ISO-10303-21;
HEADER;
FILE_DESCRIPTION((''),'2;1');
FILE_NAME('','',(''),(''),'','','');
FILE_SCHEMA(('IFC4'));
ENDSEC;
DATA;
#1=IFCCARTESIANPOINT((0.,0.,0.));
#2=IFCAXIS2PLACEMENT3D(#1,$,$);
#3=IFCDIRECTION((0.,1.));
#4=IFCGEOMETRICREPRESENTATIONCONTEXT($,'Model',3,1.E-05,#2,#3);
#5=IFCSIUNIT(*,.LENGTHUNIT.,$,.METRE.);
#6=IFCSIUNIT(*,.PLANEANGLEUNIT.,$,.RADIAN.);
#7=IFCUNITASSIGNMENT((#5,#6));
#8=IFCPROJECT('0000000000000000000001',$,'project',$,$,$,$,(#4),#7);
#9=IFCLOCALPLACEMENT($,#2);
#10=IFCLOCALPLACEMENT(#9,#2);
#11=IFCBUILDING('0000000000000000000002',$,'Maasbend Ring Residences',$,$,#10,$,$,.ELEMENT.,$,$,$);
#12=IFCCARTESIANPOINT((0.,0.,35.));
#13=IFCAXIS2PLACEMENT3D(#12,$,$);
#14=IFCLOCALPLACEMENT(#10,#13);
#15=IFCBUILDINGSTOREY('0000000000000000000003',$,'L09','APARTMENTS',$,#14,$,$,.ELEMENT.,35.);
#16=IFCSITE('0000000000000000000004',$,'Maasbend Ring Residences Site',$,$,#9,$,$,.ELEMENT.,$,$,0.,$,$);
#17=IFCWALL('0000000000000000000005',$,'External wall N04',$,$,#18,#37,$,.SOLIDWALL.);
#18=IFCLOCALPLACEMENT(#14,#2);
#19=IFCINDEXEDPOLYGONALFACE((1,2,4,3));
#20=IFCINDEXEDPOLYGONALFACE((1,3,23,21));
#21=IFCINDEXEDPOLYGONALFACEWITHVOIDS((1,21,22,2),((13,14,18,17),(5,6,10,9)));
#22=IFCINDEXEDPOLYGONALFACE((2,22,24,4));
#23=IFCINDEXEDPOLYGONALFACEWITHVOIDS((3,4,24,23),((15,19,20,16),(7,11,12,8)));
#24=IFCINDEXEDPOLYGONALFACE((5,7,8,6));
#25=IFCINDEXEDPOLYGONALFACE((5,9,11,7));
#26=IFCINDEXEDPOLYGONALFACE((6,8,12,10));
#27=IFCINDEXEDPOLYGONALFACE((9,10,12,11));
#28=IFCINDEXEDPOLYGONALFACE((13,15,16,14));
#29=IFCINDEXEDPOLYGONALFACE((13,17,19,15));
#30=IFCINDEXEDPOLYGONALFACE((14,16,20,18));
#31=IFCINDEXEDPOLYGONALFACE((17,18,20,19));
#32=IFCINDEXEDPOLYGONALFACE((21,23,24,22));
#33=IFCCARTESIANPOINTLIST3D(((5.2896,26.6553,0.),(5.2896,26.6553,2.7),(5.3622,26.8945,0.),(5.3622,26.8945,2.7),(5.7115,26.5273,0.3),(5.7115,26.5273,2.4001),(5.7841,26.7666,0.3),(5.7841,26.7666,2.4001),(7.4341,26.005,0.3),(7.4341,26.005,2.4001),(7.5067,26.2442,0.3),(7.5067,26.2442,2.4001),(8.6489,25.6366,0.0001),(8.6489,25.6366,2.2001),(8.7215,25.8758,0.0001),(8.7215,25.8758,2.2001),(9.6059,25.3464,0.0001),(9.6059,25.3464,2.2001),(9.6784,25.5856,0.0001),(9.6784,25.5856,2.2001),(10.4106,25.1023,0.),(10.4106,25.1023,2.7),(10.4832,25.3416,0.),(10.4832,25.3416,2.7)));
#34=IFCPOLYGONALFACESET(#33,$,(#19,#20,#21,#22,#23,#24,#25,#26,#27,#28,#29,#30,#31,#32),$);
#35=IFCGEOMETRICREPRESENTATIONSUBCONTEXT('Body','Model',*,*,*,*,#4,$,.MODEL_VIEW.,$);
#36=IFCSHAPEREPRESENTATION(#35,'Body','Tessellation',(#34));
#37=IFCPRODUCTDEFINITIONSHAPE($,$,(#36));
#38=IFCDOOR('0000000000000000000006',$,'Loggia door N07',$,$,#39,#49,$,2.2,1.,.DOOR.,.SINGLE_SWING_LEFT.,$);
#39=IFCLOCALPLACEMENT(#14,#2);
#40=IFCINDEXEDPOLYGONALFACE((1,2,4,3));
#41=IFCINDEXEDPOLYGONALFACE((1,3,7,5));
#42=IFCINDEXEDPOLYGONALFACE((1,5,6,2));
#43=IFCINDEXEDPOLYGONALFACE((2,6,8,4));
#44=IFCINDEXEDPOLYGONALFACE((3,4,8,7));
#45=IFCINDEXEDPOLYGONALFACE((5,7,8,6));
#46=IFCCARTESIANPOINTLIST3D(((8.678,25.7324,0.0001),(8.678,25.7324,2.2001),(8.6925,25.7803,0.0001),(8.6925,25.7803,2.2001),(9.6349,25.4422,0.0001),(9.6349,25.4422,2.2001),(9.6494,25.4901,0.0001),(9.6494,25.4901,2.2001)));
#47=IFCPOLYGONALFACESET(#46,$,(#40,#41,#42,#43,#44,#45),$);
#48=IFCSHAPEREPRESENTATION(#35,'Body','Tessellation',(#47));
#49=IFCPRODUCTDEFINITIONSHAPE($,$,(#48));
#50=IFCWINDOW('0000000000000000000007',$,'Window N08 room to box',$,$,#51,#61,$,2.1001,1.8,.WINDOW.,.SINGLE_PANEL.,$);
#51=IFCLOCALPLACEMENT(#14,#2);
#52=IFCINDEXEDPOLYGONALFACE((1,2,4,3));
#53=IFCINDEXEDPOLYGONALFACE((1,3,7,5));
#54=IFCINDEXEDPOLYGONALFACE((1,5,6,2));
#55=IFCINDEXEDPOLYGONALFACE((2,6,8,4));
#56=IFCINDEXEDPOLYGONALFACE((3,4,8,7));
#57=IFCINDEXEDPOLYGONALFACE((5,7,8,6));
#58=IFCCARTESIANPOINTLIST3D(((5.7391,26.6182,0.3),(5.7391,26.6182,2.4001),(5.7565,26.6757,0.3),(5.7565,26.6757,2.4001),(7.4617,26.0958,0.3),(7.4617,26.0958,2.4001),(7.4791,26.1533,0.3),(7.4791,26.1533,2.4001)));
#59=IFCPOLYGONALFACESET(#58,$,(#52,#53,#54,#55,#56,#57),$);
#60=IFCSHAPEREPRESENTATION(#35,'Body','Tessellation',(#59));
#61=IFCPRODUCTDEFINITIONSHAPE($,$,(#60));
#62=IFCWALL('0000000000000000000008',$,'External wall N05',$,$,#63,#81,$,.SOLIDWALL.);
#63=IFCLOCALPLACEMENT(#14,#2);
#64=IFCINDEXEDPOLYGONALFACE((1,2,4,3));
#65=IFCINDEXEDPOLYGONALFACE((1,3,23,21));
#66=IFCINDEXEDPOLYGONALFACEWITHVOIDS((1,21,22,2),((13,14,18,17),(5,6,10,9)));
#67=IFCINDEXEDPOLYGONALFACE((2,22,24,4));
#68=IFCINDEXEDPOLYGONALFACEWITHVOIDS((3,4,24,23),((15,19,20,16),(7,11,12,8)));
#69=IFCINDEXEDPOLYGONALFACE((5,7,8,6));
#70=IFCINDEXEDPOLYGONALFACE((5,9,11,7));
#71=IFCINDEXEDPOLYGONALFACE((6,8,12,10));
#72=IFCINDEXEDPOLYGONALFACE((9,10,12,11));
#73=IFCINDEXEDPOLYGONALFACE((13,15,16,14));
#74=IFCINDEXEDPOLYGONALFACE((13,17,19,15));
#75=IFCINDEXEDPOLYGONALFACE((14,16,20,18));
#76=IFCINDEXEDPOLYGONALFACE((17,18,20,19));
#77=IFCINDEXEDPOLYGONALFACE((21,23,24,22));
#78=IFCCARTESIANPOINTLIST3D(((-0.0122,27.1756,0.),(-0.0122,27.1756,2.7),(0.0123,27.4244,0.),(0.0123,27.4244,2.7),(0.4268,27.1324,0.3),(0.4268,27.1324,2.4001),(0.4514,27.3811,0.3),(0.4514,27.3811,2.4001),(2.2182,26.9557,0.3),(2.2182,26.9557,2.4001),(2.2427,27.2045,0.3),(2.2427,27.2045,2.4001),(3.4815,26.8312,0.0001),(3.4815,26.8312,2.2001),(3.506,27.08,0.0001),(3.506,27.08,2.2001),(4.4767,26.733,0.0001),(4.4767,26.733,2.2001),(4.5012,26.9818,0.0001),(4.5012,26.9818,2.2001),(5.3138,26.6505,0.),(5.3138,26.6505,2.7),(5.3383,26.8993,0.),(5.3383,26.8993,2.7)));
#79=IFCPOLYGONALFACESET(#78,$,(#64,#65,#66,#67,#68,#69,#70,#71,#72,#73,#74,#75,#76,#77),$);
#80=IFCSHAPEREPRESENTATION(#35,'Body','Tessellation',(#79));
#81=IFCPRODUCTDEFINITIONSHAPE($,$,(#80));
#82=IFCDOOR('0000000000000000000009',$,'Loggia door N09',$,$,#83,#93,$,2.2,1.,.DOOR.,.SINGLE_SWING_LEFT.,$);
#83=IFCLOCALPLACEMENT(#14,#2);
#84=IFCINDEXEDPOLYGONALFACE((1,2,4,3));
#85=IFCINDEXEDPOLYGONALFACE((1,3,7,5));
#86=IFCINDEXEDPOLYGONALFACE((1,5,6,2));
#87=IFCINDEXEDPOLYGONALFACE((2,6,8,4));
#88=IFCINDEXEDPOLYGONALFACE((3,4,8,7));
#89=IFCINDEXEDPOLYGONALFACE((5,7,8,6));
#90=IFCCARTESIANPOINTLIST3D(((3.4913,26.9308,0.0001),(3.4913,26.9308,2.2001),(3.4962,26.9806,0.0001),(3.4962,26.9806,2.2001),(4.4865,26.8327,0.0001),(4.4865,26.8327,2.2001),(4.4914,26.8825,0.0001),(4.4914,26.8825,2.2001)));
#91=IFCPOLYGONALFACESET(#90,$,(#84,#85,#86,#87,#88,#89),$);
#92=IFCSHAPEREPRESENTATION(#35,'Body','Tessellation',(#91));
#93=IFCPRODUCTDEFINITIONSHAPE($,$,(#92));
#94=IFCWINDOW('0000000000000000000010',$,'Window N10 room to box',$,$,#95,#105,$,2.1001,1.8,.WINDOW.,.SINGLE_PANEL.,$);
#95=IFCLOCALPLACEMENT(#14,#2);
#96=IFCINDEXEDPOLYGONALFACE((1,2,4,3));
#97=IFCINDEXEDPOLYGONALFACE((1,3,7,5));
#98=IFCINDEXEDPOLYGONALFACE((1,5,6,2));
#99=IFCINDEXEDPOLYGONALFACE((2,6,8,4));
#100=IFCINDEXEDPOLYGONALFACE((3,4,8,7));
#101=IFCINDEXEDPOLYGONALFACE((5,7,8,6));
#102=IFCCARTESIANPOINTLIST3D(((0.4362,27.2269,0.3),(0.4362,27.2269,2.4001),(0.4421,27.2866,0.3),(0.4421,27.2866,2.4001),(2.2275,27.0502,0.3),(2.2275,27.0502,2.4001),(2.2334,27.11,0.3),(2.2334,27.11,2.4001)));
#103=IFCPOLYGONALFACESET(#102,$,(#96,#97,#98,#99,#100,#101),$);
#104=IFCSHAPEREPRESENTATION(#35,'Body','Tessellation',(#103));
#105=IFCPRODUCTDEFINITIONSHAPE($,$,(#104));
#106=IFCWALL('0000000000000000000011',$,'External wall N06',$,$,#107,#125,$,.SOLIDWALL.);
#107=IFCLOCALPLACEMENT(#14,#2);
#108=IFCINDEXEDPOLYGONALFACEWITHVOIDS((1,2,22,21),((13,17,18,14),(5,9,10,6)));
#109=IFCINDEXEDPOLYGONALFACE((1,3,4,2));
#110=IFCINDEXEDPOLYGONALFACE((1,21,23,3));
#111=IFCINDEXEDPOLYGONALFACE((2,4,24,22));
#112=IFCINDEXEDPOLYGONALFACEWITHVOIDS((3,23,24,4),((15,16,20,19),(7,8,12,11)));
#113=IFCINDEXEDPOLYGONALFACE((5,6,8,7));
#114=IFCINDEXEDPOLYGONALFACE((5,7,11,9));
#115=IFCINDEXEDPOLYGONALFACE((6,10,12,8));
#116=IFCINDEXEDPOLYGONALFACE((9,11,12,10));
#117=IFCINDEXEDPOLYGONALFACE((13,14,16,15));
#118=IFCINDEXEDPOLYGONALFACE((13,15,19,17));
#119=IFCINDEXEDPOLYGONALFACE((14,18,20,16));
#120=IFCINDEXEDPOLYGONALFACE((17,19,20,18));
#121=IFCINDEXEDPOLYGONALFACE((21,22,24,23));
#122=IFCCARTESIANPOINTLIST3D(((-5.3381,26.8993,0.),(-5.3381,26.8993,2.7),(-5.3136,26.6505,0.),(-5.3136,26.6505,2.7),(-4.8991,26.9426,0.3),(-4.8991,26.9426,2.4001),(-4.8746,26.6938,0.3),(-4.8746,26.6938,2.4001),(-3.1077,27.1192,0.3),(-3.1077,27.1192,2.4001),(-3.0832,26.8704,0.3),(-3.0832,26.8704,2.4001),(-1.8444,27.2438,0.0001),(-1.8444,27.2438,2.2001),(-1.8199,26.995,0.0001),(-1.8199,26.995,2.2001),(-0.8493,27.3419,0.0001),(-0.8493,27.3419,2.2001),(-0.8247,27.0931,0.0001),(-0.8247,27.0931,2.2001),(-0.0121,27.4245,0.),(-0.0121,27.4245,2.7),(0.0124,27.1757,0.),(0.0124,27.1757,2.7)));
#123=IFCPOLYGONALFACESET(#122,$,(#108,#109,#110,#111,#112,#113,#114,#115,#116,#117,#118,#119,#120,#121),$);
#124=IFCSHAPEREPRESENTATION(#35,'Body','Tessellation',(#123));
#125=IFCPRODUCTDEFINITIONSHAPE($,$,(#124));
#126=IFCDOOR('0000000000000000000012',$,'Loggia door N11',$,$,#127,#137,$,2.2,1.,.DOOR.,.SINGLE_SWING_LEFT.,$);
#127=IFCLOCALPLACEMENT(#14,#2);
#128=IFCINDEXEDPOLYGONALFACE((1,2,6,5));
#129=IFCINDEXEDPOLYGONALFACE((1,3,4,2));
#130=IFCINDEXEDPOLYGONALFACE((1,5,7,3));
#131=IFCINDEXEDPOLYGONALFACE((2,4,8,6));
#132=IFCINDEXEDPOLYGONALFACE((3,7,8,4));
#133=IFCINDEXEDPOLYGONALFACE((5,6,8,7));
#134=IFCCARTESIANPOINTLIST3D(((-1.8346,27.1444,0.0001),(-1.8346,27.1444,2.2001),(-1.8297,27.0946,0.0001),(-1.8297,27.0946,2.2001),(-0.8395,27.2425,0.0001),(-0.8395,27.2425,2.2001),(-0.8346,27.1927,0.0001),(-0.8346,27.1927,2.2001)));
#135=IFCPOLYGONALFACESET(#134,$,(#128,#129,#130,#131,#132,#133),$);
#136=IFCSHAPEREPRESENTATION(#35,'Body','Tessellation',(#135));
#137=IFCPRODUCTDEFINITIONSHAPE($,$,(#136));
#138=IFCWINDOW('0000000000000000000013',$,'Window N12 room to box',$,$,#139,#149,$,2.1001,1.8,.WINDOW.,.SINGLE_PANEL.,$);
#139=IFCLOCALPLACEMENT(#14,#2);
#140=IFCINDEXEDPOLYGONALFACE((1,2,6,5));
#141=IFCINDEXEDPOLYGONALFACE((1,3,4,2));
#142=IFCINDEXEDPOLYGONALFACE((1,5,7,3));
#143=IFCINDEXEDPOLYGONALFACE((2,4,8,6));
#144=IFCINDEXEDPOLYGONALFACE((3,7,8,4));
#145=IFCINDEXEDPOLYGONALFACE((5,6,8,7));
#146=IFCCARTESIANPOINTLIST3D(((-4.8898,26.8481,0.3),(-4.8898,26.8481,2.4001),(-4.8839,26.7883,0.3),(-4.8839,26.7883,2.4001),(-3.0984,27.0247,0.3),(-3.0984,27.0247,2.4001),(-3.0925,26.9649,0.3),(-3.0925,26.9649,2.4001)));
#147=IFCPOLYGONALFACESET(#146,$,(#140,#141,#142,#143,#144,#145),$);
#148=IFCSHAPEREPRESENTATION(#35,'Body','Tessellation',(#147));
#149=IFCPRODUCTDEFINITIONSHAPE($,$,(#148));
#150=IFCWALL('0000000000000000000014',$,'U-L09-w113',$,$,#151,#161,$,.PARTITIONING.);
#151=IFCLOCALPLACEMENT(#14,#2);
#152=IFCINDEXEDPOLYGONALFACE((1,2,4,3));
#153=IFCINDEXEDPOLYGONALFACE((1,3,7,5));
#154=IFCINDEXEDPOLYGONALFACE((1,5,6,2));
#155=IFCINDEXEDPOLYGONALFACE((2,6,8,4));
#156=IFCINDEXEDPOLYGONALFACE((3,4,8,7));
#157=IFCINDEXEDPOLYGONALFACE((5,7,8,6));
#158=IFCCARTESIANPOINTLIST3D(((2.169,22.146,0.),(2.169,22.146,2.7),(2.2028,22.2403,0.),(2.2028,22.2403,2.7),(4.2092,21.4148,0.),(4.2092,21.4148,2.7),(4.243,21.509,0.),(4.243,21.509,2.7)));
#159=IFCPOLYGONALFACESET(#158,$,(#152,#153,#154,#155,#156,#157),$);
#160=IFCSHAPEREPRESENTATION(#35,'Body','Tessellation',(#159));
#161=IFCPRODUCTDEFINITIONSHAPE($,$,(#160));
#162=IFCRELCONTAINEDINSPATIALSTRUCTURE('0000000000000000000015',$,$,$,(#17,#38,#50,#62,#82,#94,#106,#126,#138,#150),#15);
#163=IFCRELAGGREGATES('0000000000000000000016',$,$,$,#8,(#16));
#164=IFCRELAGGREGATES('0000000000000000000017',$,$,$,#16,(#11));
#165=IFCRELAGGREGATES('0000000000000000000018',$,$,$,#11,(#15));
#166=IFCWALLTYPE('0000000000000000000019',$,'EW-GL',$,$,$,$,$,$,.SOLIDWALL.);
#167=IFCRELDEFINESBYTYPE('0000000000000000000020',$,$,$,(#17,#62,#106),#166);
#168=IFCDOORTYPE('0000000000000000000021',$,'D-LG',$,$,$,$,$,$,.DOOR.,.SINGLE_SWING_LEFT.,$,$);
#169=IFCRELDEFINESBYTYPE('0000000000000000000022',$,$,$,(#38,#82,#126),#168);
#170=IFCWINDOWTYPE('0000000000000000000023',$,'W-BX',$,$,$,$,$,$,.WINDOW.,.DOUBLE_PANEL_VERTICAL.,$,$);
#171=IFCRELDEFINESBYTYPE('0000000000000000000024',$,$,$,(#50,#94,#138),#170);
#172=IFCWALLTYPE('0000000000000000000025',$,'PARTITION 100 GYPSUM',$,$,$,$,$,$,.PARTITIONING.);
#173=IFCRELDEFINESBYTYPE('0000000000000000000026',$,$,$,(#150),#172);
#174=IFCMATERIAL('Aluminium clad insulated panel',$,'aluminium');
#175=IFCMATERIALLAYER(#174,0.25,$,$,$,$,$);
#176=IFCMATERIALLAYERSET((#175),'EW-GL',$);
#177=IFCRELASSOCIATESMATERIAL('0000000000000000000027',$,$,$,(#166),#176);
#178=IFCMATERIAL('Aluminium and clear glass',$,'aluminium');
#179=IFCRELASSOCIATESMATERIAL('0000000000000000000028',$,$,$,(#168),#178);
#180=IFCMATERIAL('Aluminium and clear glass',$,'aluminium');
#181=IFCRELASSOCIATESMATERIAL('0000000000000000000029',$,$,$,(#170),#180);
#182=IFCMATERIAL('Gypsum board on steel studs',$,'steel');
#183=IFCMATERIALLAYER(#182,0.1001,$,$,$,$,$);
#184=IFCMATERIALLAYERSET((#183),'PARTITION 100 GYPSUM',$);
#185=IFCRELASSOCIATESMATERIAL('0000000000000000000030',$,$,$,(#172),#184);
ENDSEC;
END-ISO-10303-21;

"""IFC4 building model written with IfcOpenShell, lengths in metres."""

from ifc_helpers import new_model, si_unit, direction, frame, frame_2d, origin, place, context, subcontext, project, spatial, rectangle, extrude, material, layer, layer_set, type_object, element, fill, save


model = new_model("IFC4")

# Units and contexts
model_context = context("Model", 3, precision=1e-05, world=origin(), true_north=direction((0.0, 1.0)))
body_context = subcontext(model_context, "Body", "Model", "MODEL_VIEW")
ifc_project = project(units=[si_unit("LENGTHUNIT", "METRE"), si_unit("PLANEANGLEUNIT", "RADIAN")], contexts=[model_context])

# Site, building, storey
site_placement = place(None, origin())
site = spatial("IfcSite", under=ifc_project, at=site_placement, Name="Maasbend Ring Residences Site", CompositionType="ELEMENT", RefElevation=0.0)
building_placement = place(site_placement, origin())
building = spatial("IfcBuilding", under=site, at=building_placement, Name="Maasbend Ring Residences", CompositionType="ELEMENT")
storey_placement = place(building_placement, frame((0.0, 0.0, 35.0)))
storey = spatial("IfcBuildingStorey", under=building, at=storey_placement, Name="L09", Description="APARTMENTS", CompositionType="ELEMENT", Elevation=35.0)

# Walls, openings, doors, windows
ifc_material_1 = material(Name="Aluminium clad insulated panel", Category="aluminium")
ifc_layer_1 = layer(ifc_material_1, 0.25)
ifc_layer_set_1 = layer_set([ifc_layer_1], Name="EW-GL")
wall_type_1 = type_object("IfcWallType", Name="EW-GL", PredefinedType="SOLIDWALL", material=ifc_layer_set_1)
wall_1_placement = place(storey_placement, frame((10.447, 25.2219, 0.0), z_axis=(0.0, 0.0, 1.0), x_axis=(-0.956966, 0.290201, 0.0)))
wall_1 = element("IfcWall", 1, at=wall_1_placement, inside=storey, type_object=wall_type_1, Name="External wall N04", PredefinedType="SOLIDWALL", context=body_context, shape_type="SweptSolid", body=[
    extrude(rectangle(XDim=5.3513, YDim=0.25, at=frame_2d((2.6758, 0.0))), origin(), (0.0, 0.0, 1.0), 2.7),
])
opening_1_placement = place(wall_1_placement, frame((0.8411, 0.0, 0.0)))
opening_1 = element("IfcOpeningElement", 2, at=opening_1_placement, cuts=wall_1, PredefinedType="OPENING", context=body_context, shape_type="SweptSolid", body=[
    extrude(rectangle(XDim=1.0, YDim=2.2, at=frame_2d((0.5, 1.1001))), frame((0.0, 0.135, 0.0), z_axis=(0.0, -1.0, 0.0), x_axis=(1.0, 0.0, 0.0)), (0.0, 0.0, 1.0), 0.27),
])
opening_2_placement = place(wall_1_placement, frame((3.1106, 0.0, 0.3)))
opening_2 = element("IfcOpeningElement", 3, at=opening_2_placement, cuts=wall_1, PredefinedType="OPENING", context=body_context, shape_type="SweptSolid", body=[
    extrude(rectangle(XDim=1.8, YDim=2.1001, at=frame_2d((0.8999, 1.05))), frame((0.0, 0.135, 0.0), z_axis=(0.0, -1.0, 0.0), x_axis=(1.0, 0.0, 0.0)), (0.0, 0.0, 1.0), 0.27),
])
ifc_material_2 = material(Name="Aluminium and clear glass", Category="aluminium")
door_type = type_object("IfcDoorType", Name="D-LG", OperationType="SINGLE_SWING_LEFT", PredefinedType="DOOR", material=ifc_material_2)
door_1_placement = place(opening_1_placement, origin())
door_1 = element("IfcDoor", 4, at=door_1_placement, inside=storey, type_object=door_type, Name="Loggia door N07", OperationType="SINGLE_SWING_LEFT", OverallHeight=2.2, OverallWidth=1.0, PredefinedType="DOOR", context=body_context, shape_type="SweptSolid", body=[
    extrude(rectangle(XDim=1.0, YDim=2.2, at=frame_2d((0.5, 1.1001))), frame((0.0, 0.0249, 0.0), z_axis=(0.0, -1.0, 0.0), x_axis=(1.0, 0.0, 0.0)), (0.0, 0.0, 1.0), 0.05),
])
fill(opening_1, door_1)
ifc_material_3 = material(Name="Aluminium and clear glass", Category="aluminium")
window_type_1 = type_object("IfcWindowType", Name="W-BX", PartitioningType="DOUBLE_PANEL_VERTICAL", PredefinedType="WINDOW", material=ifc_material_3)
window_1_placement = place(opening_2_placement, origin())
window_1 = element("IfcWindow", 5, at=window_1_placement, inside=storey, type_object=window_type_1, Name="Window N08 room to box", OverallHeight=2.1001, OverallWidth=1.8, PartitioningType="SINGLE_PANEL", PredefinedType="WINDOW", context=body_context, shape_type="SweptSolid", body=[
    extrude(rectangle(XDim=1.8, YDim=2.1001, at=frame_2d((0.8999, 1.05))), frame((0.0, 0.03, 0.0), z_axis=(0.0, -1.0, 0.0), x_axis=(1.0, 0.0, 0.0)), (0.0, 0.0, 1.0), 0.0601),
])
fill(opening_2, window_1)
wall_2_placement = place(storey_placement, frame((5.3259, 26.7749, 0.0), z_axis=(0.0, 0.0, 1.0), x_axis=(-0.995174, 0.098126, 0.0)))
wall_2 = element("IfcWall", 6, at=wall_2_placement, inside=storey, type_object=wall_type_1, Name="External wall N05", PredefinedType="SOLIDWALL", context=body_context, shape_type="SweptSolid", body=[
    extrude(rectangle(XDim=5.3518, YDim=0.25, at=frame_2d((2.6758, 0.0))), origin(), (0.0, 0.0, 1.0), 2.7),
])
opening_3_placement = place(wall_2_placement, frame((0.8411, 0.0, 0.0)))
opening_3 = element("IfcOpeningElement", 7, at=opening_3_placement, cuts=wall_2, PredefinedType="OPENING", context=body_context, shape_type="SweptSolid", body=[
    extrude(rectangle(XDim=1.0, YDim=2.2, at=frame_2d((0.5, 1.1001))), frame((0.0, 0.135, 0.0), z_axis=(0.0, -1.0, 0.0), x_axis=(1.0, 0.0, 0.0)), (0.0, 0.0, 1.0), 0.27),
])
opening_4_placement = place(wall_2_placement, frame((3.1106, 0.0, 0.3)))
opening_4 = element("IfcOpeningElement", 8, at=opening_4_placement, cuts=wall_2, PredefinedType="OPENING", context=body_context, shape_type="SweptSolid", body=[
    extrude(rectangle(XDim=1.8, YDim=2.1001, at=frame_2d((0.8999, 1.05))), frame((0.0, 0.135, 0.0), z_axis=(0.0, -1.0, 0.0), x_axis=(1.0, 0.0, 0.0)), (0.0, 0.0, 1.0), 0.27),
])
door_2_placement = place(opening_3_placement, origin())
door_2 = element("IfcDoor", 9, at=door_2_placement, inside=storey, type_object=door_type, Name="Loggia door N09", OperationType="SINGLE_SWING_LEFT", OverallHeight=2.2, OverallWidth=1.0, PredefinedType="DOOR", context=body_context, shape_type="SweptSolid", body=[
    extrude(rectangle(XDim=1.0, YDim=2.2, at=frame_2d((0.5, 1.1001))), frame((0.0, 0.0249, 0.0), z_axis=(0.0, -1.0, 0.0), x_axis=(1.0, 0.0, 0.0)), (0.0, 0.0, 1.0), 0.05),
])
fill(opening_3, door_2)
window_2_placement = place(opening_4_placement, origin())
window_2 = element("IfcWindow", 10, at=window_2_placement, inside=storey, type_object=window_type_1, Name="Window N10 room to box", OverallHeight=2.1001, OverallWidth=1.8, PartitioningType="SINGLE_PANEL", PredefinedType="WINDOW", context=body_context, shape_type="SweptSolid", body=[
    extrude(rectangle(XDim=1.8, YDim=2.1001, at=frame_2d((0.8999, 1.05))), frame((0.0, 0.03, 0.0), z_axis=(0.0, -1.0, 0.0), x_axis=(1.0, 0.0, 0.0)), (0.0, 0.0, 1.0), 0.0601),
])
fill(opening_4, window_2)
wall_3_placement = place(storey_placement, frame((0.0, 27.3, 0.0), z_axis=(0.0, 0.0, 1.0), x_axis=(-0.995174, -0.098126, 0.0)))
wall_3 = element("IfcWall", 11, at=wall_3_placement, inside=storey, type_object=wall_type_1, Name="External wall N06", PredefinedType="SOLIDWALL", context=body_context, shape_type="SweptSolid", body=[
    extrude(rectangle(XDim=5.3518, YDim=0.25, at=frame_2d((2.6758, 0.0))), origin(), (0.0, 0.0, 1.0), 2.7),
])
opening_5_placement = place(wall_3_placement, frame((0.8411, 0.0, 0.0)))
opening_5 = element("IfcOpeningElement", 12, at=opening_5_placement, cuts=wall_3, PredefinedType="OPENING", context=body_context, shape_type="SweptSolid", body=[
    extrude(rectangle(XDim=1.0, YDim=2.2, at=frame_2d((0.5, 1.1001))), frame((0.0, 0.135, 0.0), z_axis=(0.0, -1.0, 0.0), x_axis=(1.0, 0.0, 0.0)), (0.0, 0.0, 1.0), 0.27),
])
opening_6_placement = place(wall_3_placement, frame((3.1106, 0.0, 0.3)))
opening_6 = element("IfcOpeningElement", 13, at=opening_6_placement, cuts=wall_3, PredefinedType="OPENING", context=body_context, shape_type="SweptSolid", body=[
    extrude(rectangle(XDim=1.8, YDim=2.1001, at=frame_2d((0.8999, 1.05))), frame((0.0, 0.135, 0.0), z_axis=(0.0, -1.0, 0.0), x_axis=(1.0, 0.0, 0.0)), (0.0, 0.0, 1.0), 0.27),
])
door_3_placement = place(opening_5_placement, origin())
door_3 = element("IfcDoor", 14, at=door_3_placement, inside=storey, type_object=door_type, Name="Loggia door N11", OperationType="SINGLE_SWING_LEFT", OverallHeight=2.2, OverallWidth=1.0, PredefinedType="DOOR", context=body_context, shape_type="SweptSolid", body=[
    extrude(rectangle(XDim=1.0, YDim=2.2, at=frame_2d((0.5, 1.1001))), frame((0.0, 0.0249, 0.0), z_axis=(0.0, -1.0, 0.0), x_axis=(1.0, 0.0, 0.0)), (0.0, 0.0, 1.0), 0.05),
])
fill(opening_5, door_3)
window_3_placement = place(opening_6_placement, origin())
window_3 = element("IfcWindow", 15, at=window_3_placement, inside=storey, type_object=window_type_1, Name="Window N12 room to box", OverallHeight=2.1001, OverallWidth=1.8, PartitioningType="SINGLE_PANEL", PredefinedType="WINDOW", context=body_context, shape_type="SweptSolid", body=[
    extrude(rectangle(XDim=1.8, YDim=2.1001, at=frame_2d((0.8999, 1.05))), frame((0.0, 0.03, 0.0), z_axis=(0.0, -1.0, 0.0), x_axis=(1.0, 0.0, 0.0)), (0.0, 0.0, 1.0), 0.0601),
])
fill(opening_6, window_3)

# Wall
ifc_material_4 = material(Name="Gypsum board on steel studs", Category="steel")
ifc_layer_2 = layer(ifc_material_4, 0.1001)
ifc_layer_set_2 = layer_set([ifc_layer_2], Name="PARTITION 100 GYPSUM")
wall_type_2 = type_object("IfcWallType", Name="PARTITION 100 GYPSUM", PredefinedType="PARTITIONING", material=ifc_layer_set_2)
wall_4_placement = place(storey_placement, frame((2.186, 22.1931, 0.0), z_axis=(0.0, 0.0, 1.0), x_axis=(0.941359, -0.337407, 0.0)))
element("IfcWall", 16, at=wall_4_placement, inside=storey, type_object=wall_type_2, Name="U-L09-w113", PredefinedType="PARTITIONING", context=body_context, shape_type="SweptSolid", body=[
    extrude(rectangle(XDim=2.1672, YDim=0.1001, at=frame_2d((1.0835, 0.0))), origin(), (0.0, 0.0, 1.0), 2.7),
])

save(model, "model.ifc")
